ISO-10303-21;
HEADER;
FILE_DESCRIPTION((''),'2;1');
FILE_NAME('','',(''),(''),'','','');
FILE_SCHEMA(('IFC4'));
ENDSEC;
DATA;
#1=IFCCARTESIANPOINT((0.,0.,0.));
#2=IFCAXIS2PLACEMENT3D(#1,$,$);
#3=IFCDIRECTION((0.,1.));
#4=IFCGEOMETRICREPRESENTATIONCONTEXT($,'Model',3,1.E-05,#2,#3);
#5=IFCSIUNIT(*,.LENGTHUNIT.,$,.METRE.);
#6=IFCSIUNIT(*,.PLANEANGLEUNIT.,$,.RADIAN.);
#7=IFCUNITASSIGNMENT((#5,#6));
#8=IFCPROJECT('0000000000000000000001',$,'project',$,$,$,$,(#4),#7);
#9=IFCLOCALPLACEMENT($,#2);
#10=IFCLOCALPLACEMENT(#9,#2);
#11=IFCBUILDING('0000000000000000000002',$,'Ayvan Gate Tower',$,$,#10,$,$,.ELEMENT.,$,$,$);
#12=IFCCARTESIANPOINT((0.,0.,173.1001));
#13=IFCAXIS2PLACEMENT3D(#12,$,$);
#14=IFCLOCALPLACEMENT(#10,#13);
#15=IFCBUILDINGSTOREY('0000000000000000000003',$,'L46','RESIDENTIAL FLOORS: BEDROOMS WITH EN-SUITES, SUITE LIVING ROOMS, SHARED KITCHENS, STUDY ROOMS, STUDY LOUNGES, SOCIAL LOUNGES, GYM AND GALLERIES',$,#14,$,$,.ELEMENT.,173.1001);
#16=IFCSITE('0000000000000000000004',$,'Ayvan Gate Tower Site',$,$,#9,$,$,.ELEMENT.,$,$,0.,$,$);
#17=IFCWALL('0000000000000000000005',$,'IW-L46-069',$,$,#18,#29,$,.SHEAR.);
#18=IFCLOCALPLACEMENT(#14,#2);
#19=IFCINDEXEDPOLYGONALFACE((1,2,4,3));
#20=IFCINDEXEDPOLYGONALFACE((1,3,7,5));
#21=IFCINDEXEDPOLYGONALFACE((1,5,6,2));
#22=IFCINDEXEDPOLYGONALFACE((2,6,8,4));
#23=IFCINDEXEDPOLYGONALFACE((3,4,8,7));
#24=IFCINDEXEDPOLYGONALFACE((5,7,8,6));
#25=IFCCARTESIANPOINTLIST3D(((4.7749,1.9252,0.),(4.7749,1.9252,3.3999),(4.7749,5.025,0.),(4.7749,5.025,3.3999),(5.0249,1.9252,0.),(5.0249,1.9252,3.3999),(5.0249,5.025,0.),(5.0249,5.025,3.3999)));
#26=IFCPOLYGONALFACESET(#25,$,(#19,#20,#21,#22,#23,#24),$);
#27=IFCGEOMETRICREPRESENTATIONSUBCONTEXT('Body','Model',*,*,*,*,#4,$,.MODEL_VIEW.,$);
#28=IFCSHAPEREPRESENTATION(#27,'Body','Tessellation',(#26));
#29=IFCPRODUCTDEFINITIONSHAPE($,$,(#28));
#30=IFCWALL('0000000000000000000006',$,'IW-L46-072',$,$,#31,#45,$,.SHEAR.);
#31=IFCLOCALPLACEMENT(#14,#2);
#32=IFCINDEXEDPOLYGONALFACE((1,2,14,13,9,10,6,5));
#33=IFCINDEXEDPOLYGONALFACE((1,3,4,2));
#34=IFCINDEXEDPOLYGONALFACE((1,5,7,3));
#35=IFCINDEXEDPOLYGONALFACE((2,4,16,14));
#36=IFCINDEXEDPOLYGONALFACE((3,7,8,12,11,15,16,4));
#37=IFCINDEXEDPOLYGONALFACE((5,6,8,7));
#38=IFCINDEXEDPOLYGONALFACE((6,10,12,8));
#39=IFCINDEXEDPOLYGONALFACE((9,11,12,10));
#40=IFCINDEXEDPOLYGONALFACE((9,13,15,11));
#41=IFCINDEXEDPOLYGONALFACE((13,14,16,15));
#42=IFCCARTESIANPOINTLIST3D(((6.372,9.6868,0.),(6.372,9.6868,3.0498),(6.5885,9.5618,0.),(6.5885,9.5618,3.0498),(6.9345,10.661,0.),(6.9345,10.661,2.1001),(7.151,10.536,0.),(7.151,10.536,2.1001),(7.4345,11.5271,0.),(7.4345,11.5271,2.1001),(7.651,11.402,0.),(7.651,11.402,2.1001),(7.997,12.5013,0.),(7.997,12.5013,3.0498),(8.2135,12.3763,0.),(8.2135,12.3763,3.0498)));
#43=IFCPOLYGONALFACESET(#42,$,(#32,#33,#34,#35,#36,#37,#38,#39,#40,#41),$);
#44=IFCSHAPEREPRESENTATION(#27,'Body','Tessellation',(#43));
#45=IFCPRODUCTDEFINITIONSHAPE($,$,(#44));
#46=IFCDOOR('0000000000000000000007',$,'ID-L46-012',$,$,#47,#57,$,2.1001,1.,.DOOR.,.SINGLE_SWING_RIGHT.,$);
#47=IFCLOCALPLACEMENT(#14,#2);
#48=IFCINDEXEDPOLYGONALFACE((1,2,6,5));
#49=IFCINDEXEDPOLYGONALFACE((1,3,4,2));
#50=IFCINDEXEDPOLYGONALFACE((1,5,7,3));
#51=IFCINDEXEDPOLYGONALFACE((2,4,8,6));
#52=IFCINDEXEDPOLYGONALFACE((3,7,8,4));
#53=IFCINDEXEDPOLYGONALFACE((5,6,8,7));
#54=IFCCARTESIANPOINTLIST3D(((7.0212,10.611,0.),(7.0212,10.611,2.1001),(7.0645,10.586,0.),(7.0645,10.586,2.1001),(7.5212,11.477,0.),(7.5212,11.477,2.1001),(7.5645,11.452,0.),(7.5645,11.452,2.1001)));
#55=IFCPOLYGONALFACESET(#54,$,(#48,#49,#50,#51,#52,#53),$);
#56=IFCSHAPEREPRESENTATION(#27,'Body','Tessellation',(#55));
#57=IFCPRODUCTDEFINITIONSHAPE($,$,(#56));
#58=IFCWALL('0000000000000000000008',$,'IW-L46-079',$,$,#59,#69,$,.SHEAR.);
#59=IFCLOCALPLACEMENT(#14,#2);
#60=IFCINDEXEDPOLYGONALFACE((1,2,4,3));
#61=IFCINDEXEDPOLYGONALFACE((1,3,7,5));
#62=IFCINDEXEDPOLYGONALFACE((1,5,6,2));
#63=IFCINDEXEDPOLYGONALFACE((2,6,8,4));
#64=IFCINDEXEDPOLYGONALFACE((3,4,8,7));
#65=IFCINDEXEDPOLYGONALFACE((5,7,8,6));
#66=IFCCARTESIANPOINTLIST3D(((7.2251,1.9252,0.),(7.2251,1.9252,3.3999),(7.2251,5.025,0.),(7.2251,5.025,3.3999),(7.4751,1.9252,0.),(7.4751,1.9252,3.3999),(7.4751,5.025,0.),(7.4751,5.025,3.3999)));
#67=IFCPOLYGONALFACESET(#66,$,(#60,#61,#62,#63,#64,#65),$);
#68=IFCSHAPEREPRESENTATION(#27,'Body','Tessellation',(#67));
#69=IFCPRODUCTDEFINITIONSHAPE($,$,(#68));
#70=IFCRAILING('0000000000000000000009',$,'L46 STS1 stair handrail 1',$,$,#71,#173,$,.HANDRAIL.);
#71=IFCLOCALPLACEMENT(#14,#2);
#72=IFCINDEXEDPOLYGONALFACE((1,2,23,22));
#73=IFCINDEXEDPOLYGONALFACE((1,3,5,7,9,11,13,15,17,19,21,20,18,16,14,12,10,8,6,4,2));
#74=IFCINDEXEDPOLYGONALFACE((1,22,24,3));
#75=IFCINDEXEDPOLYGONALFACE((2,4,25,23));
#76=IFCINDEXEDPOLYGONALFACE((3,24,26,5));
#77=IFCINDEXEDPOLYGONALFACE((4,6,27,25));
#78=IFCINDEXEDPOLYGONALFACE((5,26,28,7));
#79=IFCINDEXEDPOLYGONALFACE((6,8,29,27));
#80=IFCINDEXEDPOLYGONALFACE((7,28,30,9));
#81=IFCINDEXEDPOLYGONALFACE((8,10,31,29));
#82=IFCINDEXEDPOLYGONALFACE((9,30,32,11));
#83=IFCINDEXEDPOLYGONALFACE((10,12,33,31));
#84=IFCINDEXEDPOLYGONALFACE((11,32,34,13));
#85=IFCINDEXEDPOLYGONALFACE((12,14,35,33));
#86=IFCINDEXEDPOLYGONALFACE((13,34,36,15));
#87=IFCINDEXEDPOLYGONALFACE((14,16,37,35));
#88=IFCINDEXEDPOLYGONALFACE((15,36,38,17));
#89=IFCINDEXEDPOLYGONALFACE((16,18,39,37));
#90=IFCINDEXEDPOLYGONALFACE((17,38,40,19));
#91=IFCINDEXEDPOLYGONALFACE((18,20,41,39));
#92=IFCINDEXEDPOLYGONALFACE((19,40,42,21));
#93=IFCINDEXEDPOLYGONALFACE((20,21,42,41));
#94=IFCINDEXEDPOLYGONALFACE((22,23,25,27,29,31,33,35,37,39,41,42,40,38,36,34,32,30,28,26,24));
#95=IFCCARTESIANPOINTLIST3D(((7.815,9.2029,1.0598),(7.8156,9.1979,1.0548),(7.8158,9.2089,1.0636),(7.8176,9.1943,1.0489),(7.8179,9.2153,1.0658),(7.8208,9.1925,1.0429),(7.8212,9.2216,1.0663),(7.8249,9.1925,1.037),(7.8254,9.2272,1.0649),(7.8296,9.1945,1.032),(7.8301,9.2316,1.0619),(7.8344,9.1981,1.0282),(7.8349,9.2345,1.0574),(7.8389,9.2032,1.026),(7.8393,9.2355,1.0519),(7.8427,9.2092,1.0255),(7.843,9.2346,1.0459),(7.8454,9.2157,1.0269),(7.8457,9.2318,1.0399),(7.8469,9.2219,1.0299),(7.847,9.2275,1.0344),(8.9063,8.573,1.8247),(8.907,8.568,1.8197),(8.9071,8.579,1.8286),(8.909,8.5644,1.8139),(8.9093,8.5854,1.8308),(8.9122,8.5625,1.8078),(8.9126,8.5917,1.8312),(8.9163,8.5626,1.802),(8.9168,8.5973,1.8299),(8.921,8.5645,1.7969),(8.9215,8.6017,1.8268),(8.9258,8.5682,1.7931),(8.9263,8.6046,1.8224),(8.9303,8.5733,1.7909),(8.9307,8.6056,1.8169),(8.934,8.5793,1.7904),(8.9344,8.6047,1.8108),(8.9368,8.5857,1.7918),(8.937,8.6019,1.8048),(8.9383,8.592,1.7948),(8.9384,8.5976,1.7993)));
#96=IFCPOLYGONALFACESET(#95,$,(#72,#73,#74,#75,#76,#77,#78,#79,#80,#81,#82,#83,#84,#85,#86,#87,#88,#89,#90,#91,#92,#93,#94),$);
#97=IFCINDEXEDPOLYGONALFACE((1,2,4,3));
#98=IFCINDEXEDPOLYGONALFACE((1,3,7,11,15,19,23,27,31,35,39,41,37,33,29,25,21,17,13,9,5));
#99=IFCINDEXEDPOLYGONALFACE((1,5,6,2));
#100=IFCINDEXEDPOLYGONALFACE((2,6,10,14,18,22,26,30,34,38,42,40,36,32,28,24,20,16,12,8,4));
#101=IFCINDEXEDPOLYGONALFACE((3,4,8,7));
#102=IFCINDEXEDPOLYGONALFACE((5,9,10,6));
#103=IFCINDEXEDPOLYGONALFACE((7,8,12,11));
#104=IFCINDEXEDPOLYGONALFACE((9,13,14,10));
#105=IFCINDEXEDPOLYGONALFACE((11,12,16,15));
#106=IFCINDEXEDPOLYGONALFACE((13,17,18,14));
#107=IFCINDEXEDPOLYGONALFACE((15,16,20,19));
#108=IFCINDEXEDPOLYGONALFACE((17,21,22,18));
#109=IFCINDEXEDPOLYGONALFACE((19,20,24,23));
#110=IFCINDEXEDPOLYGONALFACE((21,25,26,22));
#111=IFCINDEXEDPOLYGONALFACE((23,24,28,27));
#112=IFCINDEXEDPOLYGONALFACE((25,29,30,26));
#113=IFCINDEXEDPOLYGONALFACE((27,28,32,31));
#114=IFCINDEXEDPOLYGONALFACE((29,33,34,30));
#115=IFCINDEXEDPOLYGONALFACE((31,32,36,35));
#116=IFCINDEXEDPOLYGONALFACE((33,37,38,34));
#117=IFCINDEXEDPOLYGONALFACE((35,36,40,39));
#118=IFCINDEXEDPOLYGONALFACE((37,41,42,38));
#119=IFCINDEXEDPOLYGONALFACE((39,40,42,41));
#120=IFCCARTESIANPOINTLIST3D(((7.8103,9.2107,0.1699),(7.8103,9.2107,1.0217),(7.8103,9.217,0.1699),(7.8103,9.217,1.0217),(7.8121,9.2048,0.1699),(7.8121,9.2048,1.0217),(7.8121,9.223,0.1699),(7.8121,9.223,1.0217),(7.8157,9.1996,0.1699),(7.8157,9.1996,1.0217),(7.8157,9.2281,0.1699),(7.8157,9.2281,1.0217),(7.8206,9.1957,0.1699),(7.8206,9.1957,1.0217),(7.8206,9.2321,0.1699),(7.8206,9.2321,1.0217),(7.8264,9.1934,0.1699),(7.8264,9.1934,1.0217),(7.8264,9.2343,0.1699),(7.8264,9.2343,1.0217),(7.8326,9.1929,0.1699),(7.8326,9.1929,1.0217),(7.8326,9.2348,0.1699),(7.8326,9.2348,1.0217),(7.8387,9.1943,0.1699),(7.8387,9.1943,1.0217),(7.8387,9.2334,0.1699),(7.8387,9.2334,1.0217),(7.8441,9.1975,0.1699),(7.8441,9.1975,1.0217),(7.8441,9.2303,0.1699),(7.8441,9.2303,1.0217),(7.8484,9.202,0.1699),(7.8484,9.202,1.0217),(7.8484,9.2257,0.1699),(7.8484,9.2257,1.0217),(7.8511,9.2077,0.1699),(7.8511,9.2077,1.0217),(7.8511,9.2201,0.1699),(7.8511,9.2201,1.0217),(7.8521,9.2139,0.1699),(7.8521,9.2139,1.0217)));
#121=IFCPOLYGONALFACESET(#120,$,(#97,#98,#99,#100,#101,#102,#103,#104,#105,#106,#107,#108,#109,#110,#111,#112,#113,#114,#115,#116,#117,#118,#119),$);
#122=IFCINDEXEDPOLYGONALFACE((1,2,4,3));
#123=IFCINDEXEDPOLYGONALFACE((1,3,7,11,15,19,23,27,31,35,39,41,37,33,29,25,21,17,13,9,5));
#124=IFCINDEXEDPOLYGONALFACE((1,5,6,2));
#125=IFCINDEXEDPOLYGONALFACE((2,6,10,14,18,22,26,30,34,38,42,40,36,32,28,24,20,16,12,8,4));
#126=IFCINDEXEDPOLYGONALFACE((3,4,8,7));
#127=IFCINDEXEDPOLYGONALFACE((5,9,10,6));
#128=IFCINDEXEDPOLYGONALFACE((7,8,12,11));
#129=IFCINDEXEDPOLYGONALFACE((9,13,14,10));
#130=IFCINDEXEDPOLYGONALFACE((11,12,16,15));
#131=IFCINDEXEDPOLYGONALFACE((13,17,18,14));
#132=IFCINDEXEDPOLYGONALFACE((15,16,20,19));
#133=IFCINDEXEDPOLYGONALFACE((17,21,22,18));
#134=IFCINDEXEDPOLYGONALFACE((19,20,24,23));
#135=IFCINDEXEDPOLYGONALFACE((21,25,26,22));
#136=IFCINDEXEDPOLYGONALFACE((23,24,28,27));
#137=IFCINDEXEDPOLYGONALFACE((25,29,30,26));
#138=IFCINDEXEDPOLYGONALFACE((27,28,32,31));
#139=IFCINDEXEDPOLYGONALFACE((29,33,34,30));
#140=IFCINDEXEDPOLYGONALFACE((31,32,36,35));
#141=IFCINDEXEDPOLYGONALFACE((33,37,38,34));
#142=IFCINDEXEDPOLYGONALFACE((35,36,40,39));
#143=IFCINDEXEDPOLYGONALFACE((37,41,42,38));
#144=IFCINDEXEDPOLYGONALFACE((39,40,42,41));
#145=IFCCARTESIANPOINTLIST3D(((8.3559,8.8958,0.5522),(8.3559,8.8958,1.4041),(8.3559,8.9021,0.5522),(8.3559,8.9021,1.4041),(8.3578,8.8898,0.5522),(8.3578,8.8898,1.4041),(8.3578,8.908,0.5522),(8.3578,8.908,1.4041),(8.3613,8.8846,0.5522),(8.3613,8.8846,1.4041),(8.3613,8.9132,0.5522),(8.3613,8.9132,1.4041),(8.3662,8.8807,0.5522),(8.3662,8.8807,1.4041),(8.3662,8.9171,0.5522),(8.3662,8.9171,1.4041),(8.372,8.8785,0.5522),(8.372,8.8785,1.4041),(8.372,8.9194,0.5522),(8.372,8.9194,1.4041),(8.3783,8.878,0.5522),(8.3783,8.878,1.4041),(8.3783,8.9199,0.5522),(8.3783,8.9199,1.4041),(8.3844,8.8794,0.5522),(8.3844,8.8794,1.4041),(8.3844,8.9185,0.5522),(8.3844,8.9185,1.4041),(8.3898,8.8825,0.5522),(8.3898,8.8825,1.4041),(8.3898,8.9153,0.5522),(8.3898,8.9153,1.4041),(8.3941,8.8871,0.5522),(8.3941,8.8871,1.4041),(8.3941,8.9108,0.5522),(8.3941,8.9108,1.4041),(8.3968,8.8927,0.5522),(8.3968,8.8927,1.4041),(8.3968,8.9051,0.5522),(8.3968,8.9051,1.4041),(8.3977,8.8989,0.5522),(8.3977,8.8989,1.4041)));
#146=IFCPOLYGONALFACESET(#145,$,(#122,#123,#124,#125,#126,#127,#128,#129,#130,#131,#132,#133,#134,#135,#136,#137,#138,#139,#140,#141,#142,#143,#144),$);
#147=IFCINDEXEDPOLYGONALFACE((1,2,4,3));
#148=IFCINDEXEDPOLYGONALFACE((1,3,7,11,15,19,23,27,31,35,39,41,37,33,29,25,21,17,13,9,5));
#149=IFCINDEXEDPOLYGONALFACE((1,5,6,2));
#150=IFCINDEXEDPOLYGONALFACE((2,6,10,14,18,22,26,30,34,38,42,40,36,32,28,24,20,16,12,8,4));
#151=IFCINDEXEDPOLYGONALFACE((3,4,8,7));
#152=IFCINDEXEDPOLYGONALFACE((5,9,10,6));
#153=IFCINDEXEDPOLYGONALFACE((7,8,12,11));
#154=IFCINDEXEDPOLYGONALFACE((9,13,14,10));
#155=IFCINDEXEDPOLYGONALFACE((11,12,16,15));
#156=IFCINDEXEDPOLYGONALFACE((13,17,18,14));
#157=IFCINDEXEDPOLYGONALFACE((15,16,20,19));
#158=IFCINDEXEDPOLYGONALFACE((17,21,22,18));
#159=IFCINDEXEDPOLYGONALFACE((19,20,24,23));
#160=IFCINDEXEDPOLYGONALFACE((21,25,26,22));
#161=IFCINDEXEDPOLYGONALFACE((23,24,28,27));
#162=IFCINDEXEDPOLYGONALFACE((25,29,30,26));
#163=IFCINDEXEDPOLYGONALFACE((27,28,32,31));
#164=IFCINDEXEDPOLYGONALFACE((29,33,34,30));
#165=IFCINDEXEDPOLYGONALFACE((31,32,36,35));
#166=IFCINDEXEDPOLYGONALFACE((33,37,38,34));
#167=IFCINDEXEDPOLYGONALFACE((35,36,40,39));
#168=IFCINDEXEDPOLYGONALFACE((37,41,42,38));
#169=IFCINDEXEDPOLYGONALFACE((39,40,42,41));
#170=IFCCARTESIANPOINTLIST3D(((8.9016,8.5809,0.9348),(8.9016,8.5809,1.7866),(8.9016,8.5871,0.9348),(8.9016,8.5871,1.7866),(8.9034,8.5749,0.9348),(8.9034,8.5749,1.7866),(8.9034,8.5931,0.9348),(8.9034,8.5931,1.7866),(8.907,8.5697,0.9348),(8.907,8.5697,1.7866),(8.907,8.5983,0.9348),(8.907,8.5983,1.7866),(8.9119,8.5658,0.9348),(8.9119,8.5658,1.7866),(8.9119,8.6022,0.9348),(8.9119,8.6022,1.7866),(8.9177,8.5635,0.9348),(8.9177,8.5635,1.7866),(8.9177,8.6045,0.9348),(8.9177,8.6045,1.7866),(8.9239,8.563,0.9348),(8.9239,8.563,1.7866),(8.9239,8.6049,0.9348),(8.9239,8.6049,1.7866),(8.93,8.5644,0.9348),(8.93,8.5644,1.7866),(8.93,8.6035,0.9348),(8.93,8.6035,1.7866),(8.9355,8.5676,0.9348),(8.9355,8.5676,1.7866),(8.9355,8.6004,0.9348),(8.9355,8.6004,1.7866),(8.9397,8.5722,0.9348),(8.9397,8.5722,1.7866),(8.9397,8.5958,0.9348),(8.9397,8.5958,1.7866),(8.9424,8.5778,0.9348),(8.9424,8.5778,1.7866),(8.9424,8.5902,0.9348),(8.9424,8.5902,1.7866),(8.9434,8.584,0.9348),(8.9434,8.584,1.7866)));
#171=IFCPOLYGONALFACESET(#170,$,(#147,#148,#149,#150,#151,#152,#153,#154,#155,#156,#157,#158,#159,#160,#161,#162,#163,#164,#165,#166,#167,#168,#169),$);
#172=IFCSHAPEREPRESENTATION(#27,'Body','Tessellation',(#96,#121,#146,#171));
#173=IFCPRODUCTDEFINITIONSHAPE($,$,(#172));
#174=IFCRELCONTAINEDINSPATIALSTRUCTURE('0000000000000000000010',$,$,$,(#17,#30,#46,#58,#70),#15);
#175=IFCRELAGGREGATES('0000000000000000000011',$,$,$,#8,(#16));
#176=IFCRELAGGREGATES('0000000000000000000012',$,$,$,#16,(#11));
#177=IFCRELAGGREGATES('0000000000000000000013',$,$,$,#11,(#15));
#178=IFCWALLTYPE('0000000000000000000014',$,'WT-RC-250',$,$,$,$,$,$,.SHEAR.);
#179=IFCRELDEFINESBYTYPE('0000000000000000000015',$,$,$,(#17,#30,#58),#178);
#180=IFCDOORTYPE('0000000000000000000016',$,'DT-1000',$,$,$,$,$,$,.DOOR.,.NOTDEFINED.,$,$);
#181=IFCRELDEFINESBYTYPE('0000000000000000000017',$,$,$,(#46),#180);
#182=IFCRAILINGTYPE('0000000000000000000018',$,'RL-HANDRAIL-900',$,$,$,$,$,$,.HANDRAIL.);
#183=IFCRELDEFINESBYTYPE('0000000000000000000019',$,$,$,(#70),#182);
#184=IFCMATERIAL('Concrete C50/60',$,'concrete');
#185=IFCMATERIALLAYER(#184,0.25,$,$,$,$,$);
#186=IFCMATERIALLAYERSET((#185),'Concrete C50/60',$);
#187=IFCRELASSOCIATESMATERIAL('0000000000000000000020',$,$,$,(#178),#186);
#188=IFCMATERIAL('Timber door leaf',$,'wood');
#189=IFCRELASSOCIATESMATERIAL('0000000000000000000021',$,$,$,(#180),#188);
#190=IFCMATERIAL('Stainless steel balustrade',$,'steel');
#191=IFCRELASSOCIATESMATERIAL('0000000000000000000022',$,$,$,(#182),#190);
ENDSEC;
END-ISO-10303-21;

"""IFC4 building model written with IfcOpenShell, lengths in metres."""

from ifc_helpers import new_model, si_unit, direction, frame, frame_2d, origin, origin_2d, place, context, subcontext, project, spatial, rectangle, circle, extrude, material, layer, layer_set, type_object, element, fill, save


model = new_model("IFC4")

# Units and contexts
model_context = context("Model", 3, precision=1e-05, world=origin(), true_north=direction((0.0, 1.0)))
body_context = subcontext(model_context, "Body", "Model", "MODEL_VIEW")
ifc_project = project(units=[si_unit("LENGTHUNIT", "METRE"), si_unit("PLANEANGLEUNIT", "RADIAN")], contexts=[model_context])

# Site, building, storey
site_placement = place(None, origin())
site = spatial("IfcSite", under=ifc_project, at=site_placement, Name="Ayvan Gate Tower Site", CompositionType="ELEMENT", RefElevation=0.0)
building_placement = place(site_placement, origin())
building = spatial("IfcBuilding", under=site, at=building_placement, Name="Ayvan Gate Tower", CompositionType="ELEMENT")
storey_placement = place(building_placement, frame((0.0, 0.0, 173.1001)))
storey = spatial("IfcBuildingStorey", under=building, at=storey_placement, Name="L46", Description="RESIDENTIAL FLOORS: BEDROOMS WITH EN-SUITES, SUITE LIVING ROOMS, SHARED KITCHENS, STUDY ROOMS, STUDY LOUNGES, SOCIAL LOUNGES, GYM AND GALLERIES", CompositionType="ELEMENT", Elevation=173.1001)

# Shared definitions
ifc_material_1 = material(Name="Timber door leaf", Category="wood")

# Wall
ifc_material_2 = material(Name="Concrete C50/60", Category="concrete")
ifc_layer_1 = layer(ifc_material_2, 0.25)
ifc_layer_set_1 = layer_set([ifc_layer_1], Name="Concrete C50/60")
wall_type_1 = type_object("IfcWallType", Name="WT-RC-250", PredefinedType="SHEAR", material=ifc_layer_set_1)
for number, where, z_axis, x_axis, name in (
    (1, (4.8999, 5.0249, 0.0), (0.0, 0.0, 1.0), (0.0, -1.0, 0.0), "IW-L46-069"),
):
    element("IfcWall", number, at=place(storey_placement, frame(where, z_axis=z_axis, x_axis=x_axis)), inside=storey, type_object=wall_type_1, Name=name, PredefinedType="SHEAR", context=body_context, shape_type="SweptSolid", body=[
        extrude(rectangle(XDim=3.0999, YDim=0.25, at=frame_2d((1.5498, 0.0))), origin(), (0.0, 0.0, 1.0), 3.3999),
    ])

# Wall, opening, door
wall_1_placement = place(storey_placement, frame((6.4802, 9.6243, 0.0), z_axis=(0.0, 0.0, 1.0), x_axis=(0.500017, 0.866015, 0.0)))
wall_1 = element("IfcWall", 2, at=wall_1_placement, inside=storey, type_object=wall_type_1, Name="IW-L46-072", PredefinedType="SHEAR", context=body_context, shape_type="SweptSolid", body=[
    extrude(rectangle(XDim=3.25, YDim=0.25, at=frame_2d((1.625, 0.0))), origin(), (0.0, 0.0, 1.0), 3.0498),
])
opening_1_placement = place(wall_1_placement, frame((1.125, 0.0, 0.0)))
opening_1 = element("IfcOpeningElement", 3, at=opening_1_placement, cuts=wall_1, PredefinedType="OPENING", context=body_context, shape_type="SweptSolid", body=[
    extrude(rectangle(XDim=1.0, YDim=2.1001, at=frame_2d((0.5, 1.05))), frame((0.0, 0.135, 0.0), z_axis=(0.0, -1.0, 0.0), x_axis=(1.0, 0.0, 0.0)), (0.0, 0.0, 1.0), 0.27),
])
door_type_1 = type_object("IfcDoorType", Name="DT-1000", OperationType="NOTDEFINED", PredefinedType="DOOR", material=ifc_material_1)
door_1_placement = place(opening_1_placement, origin())
door_1 = element("IfcDoor", 4, at=door_1_placement, inside=storey, type_object=door_type_1, Name="ID-L46-012", OperationType="SINGLE_SWING_RIGHT", OverallHeight=2.1001, OverallWidth=1.0, PredefinedType="DOOR", context=body_context, shape_type="SweptSolid", body=[
    extrude(rectangle(XDim=1.0, YDim=2.1001, at=frame_2d((0.5, 1.05))), frame((0.0, 0.0249, 0.0), z_axis=(0.0, -1.0, 0.0), x_axis=(1.0, 0.0, 0.0)), (0.0, 0.0, 1.0), 0.05),
])
fill(opening_1, door_1)

# Wall
wall_2_placement = place(storey_placement, frame((7.3501, 5.0249, 0.0), z_axis=(0.0, 0.0, 1.0), x_axis=(0.0, -1.0, 0.0)))
element("IfcWall", 5, at=wall_2_placement, inside=storey, type_object=wall_type_1, Name="IW-L46-079", PredefinedType="SHEAR", context=body_context, shape_type="SweptSolid", body=[
    extrude(rectangle(XDim=3.0999, YDim=0.25, at=frame_2d((1.5498, 0.0))), origin(), (0.0, 0.0, 1.0), 3.3999),
])

# Railing
ifc_material_3 = material(Name="Stainless steel balustrade", Category="steel")
railing_type = type_object("IfcRailingType", Name="RL-HANDRAIL-900", PredefinedType="HANDRAIL", material=ifc_material_3)
railing_placement = place(storey_placement, frame((7.8311, 9.2139, 0.1699)))
element("IfcRailing", 6, at=railing_placement, inside=storey, type_object=railing_type, Name="L46 STS1 stair handrail 1", PredefinedType="HANDRAIL", context=body_context, shape_type="SweptSolid", body=[
    extrude(circle(Radius=0.0239, at=origin_2d()), frame((0.0, 0.0, 0.876), z_axis=(0.740357, -0.42732, 0.518912), x_axis=(0.49989, 0.866089, 0.0)), (0.0, 0.0, 1.0), 1.4741),
    extrude(circle(Radius=0.021, at=origin_2d()), origin(), (0.0, 0.0, 1.0), 0.8518),
    extrude(circle(Radius=0.021, at=origin_2d()), frame((0.5457, -0.3149, 0.3823)), (0.0, 0.0, 1.0), 0.8518),
    extrude(circle(Radius=0.021, at=origin_2d()), frame((1.0913, -0.6299, 0.7649)), (0.0, 0.0, 1.0), 0.8518),
])

save(model, "model.ifc")
